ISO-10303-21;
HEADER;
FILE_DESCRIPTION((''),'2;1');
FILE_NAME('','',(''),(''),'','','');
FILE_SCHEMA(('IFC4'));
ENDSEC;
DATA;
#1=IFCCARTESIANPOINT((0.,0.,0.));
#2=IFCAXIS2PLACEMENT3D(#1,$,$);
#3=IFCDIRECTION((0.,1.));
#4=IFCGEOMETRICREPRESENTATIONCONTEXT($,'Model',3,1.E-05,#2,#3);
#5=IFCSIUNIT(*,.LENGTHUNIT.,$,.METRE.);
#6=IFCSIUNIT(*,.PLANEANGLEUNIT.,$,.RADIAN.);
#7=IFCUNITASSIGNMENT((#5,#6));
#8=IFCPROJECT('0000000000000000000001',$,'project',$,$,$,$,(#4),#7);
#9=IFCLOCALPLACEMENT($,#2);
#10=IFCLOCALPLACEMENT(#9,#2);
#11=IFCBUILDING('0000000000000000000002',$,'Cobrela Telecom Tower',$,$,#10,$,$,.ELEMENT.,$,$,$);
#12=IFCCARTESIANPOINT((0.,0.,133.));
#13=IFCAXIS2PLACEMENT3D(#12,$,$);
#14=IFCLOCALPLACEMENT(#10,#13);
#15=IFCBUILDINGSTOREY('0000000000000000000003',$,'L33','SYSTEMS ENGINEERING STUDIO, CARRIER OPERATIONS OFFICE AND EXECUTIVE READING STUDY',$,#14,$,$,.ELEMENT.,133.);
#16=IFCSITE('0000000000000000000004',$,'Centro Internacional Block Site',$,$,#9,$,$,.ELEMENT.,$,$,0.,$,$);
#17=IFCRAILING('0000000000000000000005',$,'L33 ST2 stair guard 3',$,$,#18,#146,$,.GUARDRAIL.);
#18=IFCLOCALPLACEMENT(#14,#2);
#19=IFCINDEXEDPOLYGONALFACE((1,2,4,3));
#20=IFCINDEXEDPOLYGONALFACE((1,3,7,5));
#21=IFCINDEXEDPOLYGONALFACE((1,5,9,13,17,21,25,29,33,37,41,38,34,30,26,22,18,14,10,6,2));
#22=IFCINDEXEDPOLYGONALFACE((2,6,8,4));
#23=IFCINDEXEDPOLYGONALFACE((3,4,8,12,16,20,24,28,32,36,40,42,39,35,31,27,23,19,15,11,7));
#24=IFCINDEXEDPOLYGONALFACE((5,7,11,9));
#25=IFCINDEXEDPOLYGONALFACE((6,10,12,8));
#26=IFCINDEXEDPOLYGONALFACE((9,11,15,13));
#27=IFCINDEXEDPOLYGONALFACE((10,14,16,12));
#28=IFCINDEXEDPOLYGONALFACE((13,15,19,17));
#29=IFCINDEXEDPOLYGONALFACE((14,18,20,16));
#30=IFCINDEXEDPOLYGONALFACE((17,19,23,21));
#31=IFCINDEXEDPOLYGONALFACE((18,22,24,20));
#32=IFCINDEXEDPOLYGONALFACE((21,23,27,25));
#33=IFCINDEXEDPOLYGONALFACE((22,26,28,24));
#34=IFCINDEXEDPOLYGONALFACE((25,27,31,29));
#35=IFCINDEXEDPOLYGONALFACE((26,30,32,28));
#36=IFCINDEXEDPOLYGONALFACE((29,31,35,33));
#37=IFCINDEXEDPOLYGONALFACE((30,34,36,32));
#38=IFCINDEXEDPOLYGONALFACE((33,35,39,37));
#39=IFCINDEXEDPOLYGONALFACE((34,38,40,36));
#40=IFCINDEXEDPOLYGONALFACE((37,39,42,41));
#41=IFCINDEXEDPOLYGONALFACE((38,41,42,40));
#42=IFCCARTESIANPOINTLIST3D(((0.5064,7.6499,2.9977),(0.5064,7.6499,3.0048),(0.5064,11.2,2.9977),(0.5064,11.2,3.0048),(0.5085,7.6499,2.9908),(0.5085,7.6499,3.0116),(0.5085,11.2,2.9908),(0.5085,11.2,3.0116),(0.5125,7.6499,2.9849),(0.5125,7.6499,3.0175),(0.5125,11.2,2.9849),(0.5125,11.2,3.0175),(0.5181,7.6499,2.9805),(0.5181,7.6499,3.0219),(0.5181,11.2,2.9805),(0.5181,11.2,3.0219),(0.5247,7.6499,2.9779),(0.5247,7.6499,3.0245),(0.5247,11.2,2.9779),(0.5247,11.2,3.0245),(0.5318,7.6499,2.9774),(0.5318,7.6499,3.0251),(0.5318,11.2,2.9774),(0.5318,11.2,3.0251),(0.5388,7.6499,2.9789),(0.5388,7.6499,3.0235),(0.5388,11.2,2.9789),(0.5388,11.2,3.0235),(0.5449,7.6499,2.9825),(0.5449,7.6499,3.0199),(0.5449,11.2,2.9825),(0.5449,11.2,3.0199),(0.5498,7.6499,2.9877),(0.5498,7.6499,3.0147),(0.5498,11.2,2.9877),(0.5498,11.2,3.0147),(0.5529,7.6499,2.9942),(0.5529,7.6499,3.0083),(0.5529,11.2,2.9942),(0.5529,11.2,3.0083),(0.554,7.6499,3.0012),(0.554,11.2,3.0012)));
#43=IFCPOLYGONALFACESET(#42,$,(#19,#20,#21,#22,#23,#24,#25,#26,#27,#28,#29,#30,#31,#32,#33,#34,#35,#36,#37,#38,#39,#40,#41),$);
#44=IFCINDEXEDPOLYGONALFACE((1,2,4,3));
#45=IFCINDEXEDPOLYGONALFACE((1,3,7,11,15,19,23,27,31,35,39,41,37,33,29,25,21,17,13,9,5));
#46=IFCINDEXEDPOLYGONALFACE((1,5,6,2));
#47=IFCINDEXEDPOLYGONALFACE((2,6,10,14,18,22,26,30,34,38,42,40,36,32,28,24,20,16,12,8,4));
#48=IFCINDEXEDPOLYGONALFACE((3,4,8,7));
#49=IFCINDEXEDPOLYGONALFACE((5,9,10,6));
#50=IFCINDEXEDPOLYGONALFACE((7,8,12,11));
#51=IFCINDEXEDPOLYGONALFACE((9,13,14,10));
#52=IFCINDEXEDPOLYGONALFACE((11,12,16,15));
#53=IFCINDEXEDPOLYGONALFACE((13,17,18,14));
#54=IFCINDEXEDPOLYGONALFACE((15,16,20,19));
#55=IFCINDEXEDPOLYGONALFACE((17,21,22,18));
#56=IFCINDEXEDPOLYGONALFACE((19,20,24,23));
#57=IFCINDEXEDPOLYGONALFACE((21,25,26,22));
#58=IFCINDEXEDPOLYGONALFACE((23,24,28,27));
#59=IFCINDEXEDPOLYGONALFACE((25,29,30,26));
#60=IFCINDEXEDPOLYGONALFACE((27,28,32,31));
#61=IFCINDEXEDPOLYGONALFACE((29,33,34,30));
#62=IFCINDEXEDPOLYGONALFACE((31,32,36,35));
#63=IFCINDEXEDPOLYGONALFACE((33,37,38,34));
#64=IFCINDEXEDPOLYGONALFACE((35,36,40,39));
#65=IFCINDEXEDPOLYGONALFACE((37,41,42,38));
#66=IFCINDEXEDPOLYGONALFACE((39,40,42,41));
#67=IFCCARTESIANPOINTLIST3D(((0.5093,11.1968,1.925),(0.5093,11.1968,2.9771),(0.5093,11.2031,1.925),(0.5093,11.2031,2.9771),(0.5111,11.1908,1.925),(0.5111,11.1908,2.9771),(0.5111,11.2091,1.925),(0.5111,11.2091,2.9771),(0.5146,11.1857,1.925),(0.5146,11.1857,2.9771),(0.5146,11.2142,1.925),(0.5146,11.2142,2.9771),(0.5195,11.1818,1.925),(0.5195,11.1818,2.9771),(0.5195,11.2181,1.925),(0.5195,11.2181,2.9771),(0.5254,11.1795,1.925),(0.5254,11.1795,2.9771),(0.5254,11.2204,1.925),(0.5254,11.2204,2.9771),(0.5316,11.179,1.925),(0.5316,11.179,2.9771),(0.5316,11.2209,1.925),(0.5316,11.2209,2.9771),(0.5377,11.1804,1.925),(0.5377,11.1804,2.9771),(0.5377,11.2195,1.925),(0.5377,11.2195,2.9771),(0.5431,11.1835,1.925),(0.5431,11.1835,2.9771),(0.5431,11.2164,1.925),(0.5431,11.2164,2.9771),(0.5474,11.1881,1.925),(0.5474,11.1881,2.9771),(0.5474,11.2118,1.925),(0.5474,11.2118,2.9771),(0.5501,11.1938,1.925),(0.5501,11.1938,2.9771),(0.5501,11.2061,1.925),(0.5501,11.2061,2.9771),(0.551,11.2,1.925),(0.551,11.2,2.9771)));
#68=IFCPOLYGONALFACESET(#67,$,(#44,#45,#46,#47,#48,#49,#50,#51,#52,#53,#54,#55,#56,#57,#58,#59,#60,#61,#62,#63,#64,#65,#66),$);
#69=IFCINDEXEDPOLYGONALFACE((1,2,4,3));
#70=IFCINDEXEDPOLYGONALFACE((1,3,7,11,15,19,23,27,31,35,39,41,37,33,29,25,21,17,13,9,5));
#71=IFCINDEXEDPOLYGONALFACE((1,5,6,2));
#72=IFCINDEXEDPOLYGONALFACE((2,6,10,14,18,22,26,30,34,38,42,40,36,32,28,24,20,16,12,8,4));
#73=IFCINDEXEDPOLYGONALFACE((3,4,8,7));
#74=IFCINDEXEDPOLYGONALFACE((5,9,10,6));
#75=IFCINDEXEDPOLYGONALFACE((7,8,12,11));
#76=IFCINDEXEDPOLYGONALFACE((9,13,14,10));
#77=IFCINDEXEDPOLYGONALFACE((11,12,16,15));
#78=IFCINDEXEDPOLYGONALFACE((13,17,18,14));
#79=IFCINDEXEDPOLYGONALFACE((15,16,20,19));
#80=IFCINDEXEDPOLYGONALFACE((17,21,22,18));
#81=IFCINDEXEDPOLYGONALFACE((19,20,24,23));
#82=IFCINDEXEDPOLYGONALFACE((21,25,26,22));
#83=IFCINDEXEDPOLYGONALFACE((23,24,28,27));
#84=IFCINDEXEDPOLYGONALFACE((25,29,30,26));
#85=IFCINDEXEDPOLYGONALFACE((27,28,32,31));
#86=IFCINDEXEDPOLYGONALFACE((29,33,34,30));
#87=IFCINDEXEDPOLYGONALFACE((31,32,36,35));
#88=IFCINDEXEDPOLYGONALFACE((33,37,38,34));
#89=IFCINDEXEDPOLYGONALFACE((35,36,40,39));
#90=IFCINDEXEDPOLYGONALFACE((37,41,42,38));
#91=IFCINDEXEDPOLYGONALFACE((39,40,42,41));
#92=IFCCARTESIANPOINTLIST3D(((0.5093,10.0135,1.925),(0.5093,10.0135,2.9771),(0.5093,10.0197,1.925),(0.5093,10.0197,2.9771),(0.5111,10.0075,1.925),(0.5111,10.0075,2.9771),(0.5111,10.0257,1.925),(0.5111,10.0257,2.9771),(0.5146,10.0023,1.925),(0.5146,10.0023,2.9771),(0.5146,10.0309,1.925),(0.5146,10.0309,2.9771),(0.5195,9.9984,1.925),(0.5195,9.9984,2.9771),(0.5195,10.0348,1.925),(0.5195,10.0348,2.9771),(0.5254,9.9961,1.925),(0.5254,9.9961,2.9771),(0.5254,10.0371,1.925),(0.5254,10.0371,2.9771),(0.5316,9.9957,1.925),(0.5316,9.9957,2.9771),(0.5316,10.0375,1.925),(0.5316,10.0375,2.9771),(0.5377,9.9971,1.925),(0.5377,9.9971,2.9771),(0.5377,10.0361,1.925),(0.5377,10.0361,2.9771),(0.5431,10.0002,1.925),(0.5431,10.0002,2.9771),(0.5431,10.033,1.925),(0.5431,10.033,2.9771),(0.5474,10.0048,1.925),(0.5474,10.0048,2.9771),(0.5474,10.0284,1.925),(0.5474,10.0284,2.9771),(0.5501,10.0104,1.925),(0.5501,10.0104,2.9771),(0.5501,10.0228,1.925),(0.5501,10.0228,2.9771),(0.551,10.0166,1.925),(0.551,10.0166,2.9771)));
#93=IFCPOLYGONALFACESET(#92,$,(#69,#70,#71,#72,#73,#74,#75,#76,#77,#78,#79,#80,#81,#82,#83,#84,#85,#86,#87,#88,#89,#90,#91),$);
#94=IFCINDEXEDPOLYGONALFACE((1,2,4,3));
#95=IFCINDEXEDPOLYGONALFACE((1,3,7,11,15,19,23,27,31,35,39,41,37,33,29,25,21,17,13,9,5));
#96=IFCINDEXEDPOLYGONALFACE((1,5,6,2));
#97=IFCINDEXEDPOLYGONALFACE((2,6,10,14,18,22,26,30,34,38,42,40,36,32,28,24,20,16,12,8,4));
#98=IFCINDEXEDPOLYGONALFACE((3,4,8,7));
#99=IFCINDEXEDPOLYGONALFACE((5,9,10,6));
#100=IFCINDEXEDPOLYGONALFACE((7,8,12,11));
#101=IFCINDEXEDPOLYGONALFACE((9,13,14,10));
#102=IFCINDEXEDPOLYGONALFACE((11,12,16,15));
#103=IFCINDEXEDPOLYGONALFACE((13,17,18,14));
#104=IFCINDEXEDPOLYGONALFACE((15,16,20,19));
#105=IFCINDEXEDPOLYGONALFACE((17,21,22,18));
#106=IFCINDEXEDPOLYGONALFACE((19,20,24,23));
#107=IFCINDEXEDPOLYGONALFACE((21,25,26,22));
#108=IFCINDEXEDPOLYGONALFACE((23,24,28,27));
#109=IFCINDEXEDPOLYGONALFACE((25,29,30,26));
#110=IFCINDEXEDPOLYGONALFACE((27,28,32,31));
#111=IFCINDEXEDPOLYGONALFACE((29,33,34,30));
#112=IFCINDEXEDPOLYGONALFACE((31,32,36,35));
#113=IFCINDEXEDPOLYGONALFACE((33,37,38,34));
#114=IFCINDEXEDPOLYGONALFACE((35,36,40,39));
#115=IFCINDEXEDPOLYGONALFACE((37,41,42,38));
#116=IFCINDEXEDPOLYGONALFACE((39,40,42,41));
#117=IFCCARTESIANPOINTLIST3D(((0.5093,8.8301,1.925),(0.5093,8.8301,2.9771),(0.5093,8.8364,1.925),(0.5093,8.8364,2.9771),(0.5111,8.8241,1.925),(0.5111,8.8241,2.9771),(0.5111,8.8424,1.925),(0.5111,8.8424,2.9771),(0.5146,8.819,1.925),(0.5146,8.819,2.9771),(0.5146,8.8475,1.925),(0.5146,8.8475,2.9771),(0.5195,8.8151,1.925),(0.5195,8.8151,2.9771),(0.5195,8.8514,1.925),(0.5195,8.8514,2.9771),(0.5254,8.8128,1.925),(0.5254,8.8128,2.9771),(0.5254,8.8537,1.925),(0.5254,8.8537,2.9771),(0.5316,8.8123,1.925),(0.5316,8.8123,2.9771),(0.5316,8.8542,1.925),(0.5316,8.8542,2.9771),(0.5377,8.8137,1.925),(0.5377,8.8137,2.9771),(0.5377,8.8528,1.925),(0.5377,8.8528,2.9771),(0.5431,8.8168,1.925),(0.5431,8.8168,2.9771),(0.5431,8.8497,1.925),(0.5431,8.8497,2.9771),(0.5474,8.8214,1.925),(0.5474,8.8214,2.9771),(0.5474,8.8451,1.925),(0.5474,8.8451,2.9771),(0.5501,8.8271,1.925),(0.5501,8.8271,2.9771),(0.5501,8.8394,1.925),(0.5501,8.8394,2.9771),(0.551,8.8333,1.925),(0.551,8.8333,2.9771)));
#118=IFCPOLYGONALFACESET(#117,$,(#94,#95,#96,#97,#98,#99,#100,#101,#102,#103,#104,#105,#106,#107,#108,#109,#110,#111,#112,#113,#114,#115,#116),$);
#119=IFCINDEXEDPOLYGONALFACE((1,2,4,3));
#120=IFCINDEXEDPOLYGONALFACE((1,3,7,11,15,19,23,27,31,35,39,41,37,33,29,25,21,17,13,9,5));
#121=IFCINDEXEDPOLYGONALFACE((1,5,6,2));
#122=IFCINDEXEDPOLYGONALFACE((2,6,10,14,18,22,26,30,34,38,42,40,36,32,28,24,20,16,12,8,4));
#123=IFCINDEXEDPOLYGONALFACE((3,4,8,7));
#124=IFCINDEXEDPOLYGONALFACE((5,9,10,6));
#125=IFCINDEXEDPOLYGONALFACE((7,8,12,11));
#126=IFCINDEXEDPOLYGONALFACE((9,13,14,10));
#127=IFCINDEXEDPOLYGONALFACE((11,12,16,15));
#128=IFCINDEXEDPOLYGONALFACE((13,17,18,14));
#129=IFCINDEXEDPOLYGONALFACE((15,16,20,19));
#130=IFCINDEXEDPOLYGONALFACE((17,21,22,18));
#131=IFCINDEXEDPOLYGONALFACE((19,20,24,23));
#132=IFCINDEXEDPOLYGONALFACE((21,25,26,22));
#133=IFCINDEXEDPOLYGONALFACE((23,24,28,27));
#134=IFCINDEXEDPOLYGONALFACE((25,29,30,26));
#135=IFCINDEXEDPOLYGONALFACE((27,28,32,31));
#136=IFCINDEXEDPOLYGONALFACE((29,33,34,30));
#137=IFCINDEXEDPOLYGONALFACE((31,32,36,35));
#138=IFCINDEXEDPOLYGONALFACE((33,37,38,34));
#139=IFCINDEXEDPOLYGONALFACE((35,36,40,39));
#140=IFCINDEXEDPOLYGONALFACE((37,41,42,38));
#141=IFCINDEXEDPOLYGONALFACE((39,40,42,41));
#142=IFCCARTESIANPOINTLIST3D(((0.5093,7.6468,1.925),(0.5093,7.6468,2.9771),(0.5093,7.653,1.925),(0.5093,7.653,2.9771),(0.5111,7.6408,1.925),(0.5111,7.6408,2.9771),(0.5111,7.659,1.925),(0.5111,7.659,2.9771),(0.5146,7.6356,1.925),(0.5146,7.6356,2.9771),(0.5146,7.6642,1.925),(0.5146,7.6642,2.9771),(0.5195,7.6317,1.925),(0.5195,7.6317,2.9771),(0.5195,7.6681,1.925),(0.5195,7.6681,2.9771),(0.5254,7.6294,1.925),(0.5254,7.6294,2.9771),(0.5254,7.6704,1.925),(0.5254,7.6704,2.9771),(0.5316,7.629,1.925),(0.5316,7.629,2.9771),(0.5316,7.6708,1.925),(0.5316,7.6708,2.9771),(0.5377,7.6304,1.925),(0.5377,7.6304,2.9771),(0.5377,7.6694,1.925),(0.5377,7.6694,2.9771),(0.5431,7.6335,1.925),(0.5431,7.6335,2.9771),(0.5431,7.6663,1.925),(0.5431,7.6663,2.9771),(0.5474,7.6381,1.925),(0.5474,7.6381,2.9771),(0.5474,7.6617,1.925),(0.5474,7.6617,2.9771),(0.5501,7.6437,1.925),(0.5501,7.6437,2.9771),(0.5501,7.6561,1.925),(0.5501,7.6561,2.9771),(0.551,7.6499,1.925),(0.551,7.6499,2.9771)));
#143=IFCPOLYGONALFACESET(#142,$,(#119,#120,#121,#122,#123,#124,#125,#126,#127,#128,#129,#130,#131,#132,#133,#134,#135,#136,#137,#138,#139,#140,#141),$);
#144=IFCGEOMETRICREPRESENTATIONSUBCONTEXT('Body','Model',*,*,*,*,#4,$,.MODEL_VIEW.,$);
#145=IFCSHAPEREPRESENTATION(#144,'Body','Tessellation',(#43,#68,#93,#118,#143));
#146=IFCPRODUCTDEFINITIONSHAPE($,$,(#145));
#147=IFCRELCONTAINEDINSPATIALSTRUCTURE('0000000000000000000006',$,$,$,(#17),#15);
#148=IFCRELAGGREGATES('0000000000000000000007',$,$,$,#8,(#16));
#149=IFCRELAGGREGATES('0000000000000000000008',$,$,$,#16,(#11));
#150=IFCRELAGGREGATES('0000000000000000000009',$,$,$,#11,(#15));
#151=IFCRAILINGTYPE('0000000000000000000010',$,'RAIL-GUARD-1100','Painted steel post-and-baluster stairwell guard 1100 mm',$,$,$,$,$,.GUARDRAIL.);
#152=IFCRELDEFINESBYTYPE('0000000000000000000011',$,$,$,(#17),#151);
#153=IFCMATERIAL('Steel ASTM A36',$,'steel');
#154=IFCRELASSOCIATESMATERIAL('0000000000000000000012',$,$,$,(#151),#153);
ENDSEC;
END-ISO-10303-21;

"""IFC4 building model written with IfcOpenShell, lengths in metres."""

from ifc_helpers import new_model, si_unit, direction, frame, origin, origin_2d, place, context, subcontext, project, spatial, circle, extrude, material, type_object, element, save


model = new_model("IFC4")

# Units and contexts
model_context = context("Model", 3, precision=1e-05, world=origin(), true_north=direction((0.0, 1.0)))
body_context = subcontext(model_context, "Body", "Model", "MODEL_VIEW")
ifc_project = project(units=[si_unit("LENGTHUNIT", "METRE"), si_unit("PLANEANGLEUNIT", "RADIAN")], contexts=[model_context])

# Site, building, storey
site_placement = place(None, origin())
site = spatial("IfcSite", under=ifc_project, at=site_placement, Name="Centro Internacional Block Site", CompositionType="ELEMENT", RefElevation=0.0)
building_placement = place(site_placement, origin())
building = spatial("IfcBuilding", under=site, at=building_placement, Name="Cobrela Telecom Tower", CompositionType="ELEMENT")
storey_placement = place(building_placement, frame((0.0, 0.0, 133.0)))
storey = spatial("IfcBuildingStorey", under=building, at=storey_placement, Name="L33", Description="SYSTEMS ENGINEERING STUDIO, CARRIER OPERATIONS OFFICE AND EXECUTIVE READING STUDY", CompositionType="ELEMENT", Elevation=133.0)

# Shared definitions
ifc_material_1 = material(Name="Steel ASTM A36", Category="steel")

# Railing
railing_type_1 = type_object("IfcRailingType", Name="RAIL-GUARD-1100", Description="Painted steel post-and-baluster stairwell guard 1100 mm", PredefinedType="GUARDRAIL", material=ifc_material_1)
railing_1_placement = place(storey_placement, frame((0.53, 11.2, 1.925)))
element("IfcRailing", 1, at=railing_1_placement, inside=storey, type_object=railing_type_1, Name="L33 ST2 stair guard 3", PredefinedType="GUARDRAIL", context=body_context, shape_type="SweptSolid", body=[
    extrude(circle(Radius=0.0239, at=origin_2d()), frame((0.0, 0.0, 1.0762), z_axis=(0.0, -1.0, 0.0), x_axis=(1.0, 0.0, 0.0)), (0.0, 0.0, 1.0), 3.55),
    extrude(circle(Radius=0.021, at=origin_2d()), origin(), (0.0, 0.0, 1.0), 1.052),
    extrude(circle(Radius=0.021, at=origin_2d()), frame((0.0, -1.1833, 0.0)), (0.0, 0.0, 1.0), 1.052),
    extrude(circle(Radius=0.021, at=origin_2d()), frame((0.0, -2.3667, 0.0)), (0.0, 0.0, 1.0), 1.052),
    extrude(circle(Radius=0.021, at=origin_2d()), frame((0.0, -3.55, 0.0)), (0.0, 0.0, 1.0), 1.052),
])

save(model, "model.ifc")
